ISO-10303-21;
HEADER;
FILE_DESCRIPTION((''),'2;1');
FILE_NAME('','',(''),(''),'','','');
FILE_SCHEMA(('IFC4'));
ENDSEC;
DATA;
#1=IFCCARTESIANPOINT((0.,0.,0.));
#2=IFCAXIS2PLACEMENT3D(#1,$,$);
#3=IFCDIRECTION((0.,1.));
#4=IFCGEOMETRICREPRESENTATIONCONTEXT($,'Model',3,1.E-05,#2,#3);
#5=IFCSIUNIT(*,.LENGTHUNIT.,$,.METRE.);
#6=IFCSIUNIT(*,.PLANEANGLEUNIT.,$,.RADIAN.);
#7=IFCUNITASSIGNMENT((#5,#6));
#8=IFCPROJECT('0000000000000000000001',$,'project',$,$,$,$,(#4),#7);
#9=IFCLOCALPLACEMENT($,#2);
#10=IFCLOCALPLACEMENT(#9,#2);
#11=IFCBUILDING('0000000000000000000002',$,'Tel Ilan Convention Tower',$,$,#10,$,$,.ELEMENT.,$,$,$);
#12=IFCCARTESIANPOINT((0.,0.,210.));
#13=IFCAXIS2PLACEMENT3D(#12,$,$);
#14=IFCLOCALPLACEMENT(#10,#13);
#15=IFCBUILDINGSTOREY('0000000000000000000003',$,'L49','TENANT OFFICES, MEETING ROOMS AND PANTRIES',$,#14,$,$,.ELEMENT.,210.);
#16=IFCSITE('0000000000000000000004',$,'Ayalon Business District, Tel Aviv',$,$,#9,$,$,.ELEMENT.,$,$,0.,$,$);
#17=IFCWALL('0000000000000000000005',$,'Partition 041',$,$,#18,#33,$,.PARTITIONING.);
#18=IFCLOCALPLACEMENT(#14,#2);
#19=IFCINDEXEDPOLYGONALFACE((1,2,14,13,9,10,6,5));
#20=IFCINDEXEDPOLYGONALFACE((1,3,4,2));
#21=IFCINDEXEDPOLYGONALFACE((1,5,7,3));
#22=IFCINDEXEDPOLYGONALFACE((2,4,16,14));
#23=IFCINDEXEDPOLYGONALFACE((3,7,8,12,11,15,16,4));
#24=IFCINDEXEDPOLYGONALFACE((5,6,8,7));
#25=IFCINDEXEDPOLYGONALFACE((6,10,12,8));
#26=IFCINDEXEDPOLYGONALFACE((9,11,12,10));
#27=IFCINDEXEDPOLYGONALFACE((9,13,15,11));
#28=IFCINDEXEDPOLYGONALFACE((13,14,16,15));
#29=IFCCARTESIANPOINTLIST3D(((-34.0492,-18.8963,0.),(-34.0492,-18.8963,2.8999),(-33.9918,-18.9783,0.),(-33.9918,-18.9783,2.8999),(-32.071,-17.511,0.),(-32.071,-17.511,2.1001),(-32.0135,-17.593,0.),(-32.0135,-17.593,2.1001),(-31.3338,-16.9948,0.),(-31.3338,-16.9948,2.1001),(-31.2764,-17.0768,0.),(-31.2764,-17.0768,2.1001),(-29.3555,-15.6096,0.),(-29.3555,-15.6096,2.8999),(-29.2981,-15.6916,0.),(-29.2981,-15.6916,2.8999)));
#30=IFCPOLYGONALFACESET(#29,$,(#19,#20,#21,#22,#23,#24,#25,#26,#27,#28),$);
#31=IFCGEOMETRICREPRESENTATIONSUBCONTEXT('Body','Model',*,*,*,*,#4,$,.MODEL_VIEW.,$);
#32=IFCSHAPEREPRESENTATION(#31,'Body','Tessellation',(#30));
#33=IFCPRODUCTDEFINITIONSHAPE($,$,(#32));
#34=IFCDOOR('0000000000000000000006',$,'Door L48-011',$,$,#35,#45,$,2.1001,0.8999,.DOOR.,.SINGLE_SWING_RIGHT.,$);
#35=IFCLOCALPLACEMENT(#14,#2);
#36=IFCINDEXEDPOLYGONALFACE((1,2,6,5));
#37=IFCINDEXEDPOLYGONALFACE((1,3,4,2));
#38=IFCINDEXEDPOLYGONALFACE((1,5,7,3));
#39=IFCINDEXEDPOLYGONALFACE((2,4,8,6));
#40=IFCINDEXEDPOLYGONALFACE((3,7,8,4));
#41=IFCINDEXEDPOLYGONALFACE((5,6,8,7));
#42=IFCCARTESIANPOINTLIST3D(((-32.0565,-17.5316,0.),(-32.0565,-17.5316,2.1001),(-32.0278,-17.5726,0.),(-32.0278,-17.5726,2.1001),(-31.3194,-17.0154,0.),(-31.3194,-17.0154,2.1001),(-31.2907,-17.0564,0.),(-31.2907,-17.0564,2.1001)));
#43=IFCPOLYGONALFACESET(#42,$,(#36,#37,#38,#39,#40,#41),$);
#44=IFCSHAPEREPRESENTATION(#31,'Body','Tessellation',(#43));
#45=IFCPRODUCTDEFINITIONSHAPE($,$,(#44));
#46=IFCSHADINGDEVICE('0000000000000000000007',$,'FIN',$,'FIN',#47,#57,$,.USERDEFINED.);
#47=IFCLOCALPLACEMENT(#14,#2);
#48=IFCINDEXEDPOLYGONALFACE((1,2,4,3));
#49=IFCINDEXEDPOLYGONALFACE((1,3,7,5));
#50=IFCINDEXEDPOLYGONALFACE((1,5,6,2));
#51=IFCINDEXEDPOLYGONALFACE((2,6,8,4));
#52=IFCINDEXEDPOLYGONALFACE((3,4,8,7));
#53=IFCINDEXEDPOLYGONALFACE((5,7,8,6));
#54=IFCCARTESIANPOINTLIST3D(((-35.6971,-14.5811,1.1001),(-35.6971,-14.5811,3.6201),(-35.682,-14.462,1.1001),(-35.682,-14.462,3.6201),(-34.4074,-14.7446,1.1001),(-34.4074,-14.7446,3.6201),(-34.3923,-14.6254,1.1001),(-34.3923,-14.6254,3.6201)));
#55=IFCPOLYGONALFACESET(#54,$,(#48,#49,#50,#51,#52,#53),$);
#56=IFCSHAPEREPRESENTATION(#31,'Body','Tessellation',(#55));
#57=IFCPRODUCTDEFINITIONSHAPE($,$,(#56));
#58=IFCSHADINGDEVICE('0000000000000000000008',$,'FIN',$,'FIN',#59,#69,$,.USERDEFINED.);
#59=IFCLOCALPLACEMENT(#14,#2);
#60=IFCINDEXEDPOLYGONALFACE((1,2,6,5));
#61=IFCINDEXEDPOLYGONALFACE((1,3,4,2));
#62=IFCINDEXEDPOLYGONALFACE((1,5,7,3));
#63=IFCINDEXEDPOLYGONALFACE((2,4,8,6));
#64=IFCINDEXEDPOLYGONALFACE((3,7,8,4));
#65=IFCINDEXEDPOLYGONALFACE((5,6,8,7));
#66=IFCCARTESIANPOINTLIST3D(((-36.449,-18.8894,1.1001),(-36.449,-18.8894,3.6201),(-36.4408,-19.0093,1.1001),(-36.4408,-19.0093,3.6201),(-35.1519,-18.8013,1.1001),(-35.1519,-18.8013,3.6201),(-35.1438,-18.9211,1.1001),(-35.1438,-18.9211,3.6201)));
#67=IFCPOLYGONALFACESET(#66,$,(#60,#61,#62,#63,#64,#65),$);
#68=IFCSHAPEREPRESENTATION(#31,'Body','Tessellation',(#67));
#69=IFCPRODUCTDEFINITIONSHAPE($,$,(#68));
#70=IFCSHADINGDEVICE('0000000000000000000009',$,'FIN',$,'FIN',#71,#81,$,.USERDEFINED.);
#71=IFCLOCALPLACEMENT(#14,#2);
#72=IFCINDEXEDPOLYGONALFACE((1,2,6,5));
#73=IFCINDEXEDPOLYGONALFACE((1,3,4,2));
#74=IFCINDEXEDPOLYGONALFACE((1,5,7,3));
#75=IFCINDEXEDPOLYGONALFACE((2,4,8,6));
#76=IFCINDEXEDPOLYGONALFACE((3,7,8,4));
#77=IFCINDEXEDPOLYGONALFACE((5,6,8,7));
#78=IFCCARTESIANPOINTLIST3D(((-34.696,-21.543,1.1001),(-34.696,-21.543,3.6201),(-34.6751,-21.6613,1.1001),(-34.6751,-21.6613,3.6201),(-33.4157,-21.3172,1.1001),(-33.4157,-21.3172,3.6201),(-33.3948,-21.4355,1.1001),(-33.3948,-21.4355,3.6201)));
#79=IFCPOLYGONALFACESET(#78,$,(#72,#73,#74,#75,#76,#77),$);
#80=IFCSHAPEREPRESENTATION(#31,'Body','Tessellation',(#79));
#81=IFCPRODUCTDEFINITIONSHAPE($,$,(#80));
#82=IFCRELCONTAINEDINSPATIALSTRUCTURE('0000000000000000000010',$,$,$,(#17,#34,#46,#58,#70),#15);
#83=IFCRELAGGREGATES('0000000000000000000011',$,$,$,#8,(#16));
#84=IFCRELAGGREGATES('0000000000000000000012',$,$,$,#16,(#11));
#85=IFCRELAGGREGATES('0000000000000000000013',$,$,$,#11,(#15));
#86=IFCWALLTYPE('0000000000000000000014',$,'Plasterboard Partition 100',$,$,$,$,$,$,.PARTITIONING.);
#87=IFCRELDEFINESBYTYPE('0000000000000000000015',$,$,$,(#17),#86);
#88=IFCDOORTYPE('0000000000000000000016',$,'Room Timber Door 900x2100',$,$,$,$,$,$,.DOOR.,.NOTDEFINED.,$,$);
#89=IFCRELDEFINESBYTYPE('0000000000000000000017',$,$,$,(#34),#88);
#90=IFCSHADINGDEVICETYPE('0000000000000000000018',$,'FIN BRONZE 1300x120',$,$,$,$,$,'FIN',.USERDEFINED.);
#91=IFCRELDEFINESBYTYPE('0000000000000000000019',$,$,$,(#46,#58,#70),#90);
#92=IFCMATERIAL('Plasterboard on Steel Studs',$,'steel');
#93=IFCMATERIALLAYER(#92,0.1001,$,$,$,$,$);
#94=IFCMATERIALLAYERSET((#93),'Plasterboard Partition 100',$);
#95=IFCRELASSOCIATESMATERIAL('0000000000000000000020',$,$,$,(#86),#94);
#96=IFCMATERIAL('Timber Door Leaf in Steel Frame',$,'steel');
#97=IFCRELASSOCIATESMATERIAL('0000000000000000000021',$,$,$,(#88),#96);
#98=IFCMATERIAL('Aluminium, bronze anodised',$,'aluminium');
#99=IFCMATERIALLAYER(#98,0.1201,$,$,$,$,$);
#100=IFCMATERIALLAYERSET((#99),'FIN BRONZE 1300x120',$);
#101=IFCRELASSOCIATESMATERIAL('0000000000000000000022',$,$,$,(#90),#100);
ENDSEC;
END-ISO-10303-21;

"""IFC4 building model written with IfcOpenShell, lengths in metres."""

from ifc_helpers import new_model, si_unit, direction, frame, frame_2d, origin, origin_2d, place, context, subcontext, project, spatial, rectangle, extrude, material, layer, layer_set, type_object, element, fill, save


model = new_model("IFC4")

# Units and contexts
model_context = context("Model", 3, precision=1e-05, world=origin(), true_north=direction((0.0, 1.0)))
body_context = subcontext(model_context, "Body", "Model", "MODEL_VIEW")
ifc_project = project(units=[si_unit("LENGTHUNIT", "METRE"), si_unit("PLANEANGLEUNIT", "RADIAN")], contexts=[model_context])

# Site, building, storey
site_placement = place(None, origin())
site = spatial("IfcSite", under=ifc_project, at=site_placement, Name="Ayalon Business District, Tel Aviv", CompositionType="ELEMENT", RefElevation=0.0)
building_placement = place(site_placement, origin())
building = spatial("IfcBuilding", under=site, at=building_placement, Name="Tel Ilan Convention Tower", CompositionType="ELEMENT")
storey_placement = place(building_placement, frame((0.0, 0.0, 210.0)))
storey = spatial("IfcBuildingStorey", under=building, at=storey_placement, Name="L49", Description="TENANT OFFICES, MEETING ROOMS AND PANTRIES", CompositionType="ELEMENT", Elevation=210.0)

# Wall, opening, door
ifc_material_1 = material(Name="Plasterboard on Steel Studs", Category="steel")
ifc_layer_1 = layer(ifc_material_1, 0.1001)
ifc_layer_set_1 = layer_set([ifc_layer_1], Name="Plasterboard Partition 100")
wall_type_1 = type_object("IfcWallType", Name="Plasterboard Partition 100", PredefinedType="PARTITIONING", material=ifc_layer_set_1)
ifc_material_2 = material(Name="Timber Door Leaf in Steel Frame", Category="steel")
door_type_1 = type_object("IfcDoorType", Name="Room Timber Door 900x2100", OperationType="NOTDEFINED", PredefinedType="DOOR", material=ifc_material_2)
wall_1_placement = place(storey_placement, frame((-34.0205, -18.9373, 0.0), z_axis=(0.0, 0.0, 1.0), x_axis=(0.819142, 0.573591, 0.0)))
wall_1 = element("IfcWall", 1, at=wall_1_placement, inside=storey, type_object=wall_type_1, Name="Partition 041", PredefinedType="PARTITIONING", context=body_context, shape_type="SweptSolid", body=[
    extrude(rectangle(XDim=5.73, YDim=0.1001, at=frame_2d((2.865, 0.0))), origin(), (0.0, 0.0, 1.0), 2.8999),
])
opening_1_placement = place(wall_1_placement, frame((2.415, 0.0, 0.0)))
opening_1 = element("IfcOpeningElement", 2, at=opening_1_placement, cuts=wall_1, PredefinedType="OPENING", context=body_context, shape_type="SweptSolid", body=[
    extrude(rectangle(XDim=0.8999, YDim=2.1001, at=frame_2d((0.45, 1.05))), frame((0.0, 0.0601, 0.0), z_axis=(0.0, -1.0, 0.0), x_axis=(1.0, 0.0, 0.0)), (0.0, 0.0, 1.0), 0.1201),
])
door_1_placement = place(opening_1_placement, origin())
door_1 = element("IfcDoor", 3, at=door_1_placement, inside=storey, type_object=door_type_1, Name="Door L48-011", OperationType="SINGLE_SWING_RIGHT", OverallHeight=2.1001, OverallWidth=0.8999, PredefinedType="DOOR", context=body_context, shape_type="SweptSolid", body=[
    extrude(rectangle(XDim=0.8999, YDim=2.1001, at=frame_2d((0.45, 1.05))), frame((0.0, 0.0249, 0.0), z_axis=(0.0, -1.0, 0.0), x_axis=(1.0, 0.0, 0.0)), (0.0, 0.0, 1.0), 0.05),
])
fill(opening_1, door_1)

# Shading devices
ifc_material_3 = material(Name="Aluminium, bronze anodised", Category="aluminium")
ifc_layer_2 = layer(ifc_material_3, 0.1201)
ifc_layer_set_2 = layer_set([ifc_layer_2], Name="FIN BRONZE 1300x120")
shading_device_type = type_object("IfcShadingDeviceType", Name="FIN BRONZE 1300x120", ElementType="FIN", PredefinedType="USERDEFINED", material=ifc_layer_set_2)
for number, where, z_axis, x_axis, name in (
    (4, (-35.0447, -14.6033, 1.1001), (0.0, 0.0, 1.0), (-0.992066, 0.125718, 0.0), "FIN"),
    (5, (-35.7964, -18.9053, 1.1001), (0.0, 0.0, 1.0), (-0.997697, -0.067822, 0.0), "FIN"),
    (6, (-34.0454, -21.4893, 1.1001), (0.0, 0.0, 1.0), (-0.984808, -0.173648, 0.0), "FIN"),
):
    element("IfcShadingDevice", number, at=place(storey_placement, frame(where, z_axis=z_axis, x_axis=x_axis)), inside=storey, type_object=shading_device_type, Name=name, ObjectType="FIN", PredefinedType="USERDEFINED", context=body_context, shape_type="SweptSolid", body=[
        extrude(rectangle(XDim=1.3, YDim=0.1201, at=origin_2d()), origin(), (0.0, 0.0, 1.0), 2.52),
    ])

save(model, "model.ifc")
